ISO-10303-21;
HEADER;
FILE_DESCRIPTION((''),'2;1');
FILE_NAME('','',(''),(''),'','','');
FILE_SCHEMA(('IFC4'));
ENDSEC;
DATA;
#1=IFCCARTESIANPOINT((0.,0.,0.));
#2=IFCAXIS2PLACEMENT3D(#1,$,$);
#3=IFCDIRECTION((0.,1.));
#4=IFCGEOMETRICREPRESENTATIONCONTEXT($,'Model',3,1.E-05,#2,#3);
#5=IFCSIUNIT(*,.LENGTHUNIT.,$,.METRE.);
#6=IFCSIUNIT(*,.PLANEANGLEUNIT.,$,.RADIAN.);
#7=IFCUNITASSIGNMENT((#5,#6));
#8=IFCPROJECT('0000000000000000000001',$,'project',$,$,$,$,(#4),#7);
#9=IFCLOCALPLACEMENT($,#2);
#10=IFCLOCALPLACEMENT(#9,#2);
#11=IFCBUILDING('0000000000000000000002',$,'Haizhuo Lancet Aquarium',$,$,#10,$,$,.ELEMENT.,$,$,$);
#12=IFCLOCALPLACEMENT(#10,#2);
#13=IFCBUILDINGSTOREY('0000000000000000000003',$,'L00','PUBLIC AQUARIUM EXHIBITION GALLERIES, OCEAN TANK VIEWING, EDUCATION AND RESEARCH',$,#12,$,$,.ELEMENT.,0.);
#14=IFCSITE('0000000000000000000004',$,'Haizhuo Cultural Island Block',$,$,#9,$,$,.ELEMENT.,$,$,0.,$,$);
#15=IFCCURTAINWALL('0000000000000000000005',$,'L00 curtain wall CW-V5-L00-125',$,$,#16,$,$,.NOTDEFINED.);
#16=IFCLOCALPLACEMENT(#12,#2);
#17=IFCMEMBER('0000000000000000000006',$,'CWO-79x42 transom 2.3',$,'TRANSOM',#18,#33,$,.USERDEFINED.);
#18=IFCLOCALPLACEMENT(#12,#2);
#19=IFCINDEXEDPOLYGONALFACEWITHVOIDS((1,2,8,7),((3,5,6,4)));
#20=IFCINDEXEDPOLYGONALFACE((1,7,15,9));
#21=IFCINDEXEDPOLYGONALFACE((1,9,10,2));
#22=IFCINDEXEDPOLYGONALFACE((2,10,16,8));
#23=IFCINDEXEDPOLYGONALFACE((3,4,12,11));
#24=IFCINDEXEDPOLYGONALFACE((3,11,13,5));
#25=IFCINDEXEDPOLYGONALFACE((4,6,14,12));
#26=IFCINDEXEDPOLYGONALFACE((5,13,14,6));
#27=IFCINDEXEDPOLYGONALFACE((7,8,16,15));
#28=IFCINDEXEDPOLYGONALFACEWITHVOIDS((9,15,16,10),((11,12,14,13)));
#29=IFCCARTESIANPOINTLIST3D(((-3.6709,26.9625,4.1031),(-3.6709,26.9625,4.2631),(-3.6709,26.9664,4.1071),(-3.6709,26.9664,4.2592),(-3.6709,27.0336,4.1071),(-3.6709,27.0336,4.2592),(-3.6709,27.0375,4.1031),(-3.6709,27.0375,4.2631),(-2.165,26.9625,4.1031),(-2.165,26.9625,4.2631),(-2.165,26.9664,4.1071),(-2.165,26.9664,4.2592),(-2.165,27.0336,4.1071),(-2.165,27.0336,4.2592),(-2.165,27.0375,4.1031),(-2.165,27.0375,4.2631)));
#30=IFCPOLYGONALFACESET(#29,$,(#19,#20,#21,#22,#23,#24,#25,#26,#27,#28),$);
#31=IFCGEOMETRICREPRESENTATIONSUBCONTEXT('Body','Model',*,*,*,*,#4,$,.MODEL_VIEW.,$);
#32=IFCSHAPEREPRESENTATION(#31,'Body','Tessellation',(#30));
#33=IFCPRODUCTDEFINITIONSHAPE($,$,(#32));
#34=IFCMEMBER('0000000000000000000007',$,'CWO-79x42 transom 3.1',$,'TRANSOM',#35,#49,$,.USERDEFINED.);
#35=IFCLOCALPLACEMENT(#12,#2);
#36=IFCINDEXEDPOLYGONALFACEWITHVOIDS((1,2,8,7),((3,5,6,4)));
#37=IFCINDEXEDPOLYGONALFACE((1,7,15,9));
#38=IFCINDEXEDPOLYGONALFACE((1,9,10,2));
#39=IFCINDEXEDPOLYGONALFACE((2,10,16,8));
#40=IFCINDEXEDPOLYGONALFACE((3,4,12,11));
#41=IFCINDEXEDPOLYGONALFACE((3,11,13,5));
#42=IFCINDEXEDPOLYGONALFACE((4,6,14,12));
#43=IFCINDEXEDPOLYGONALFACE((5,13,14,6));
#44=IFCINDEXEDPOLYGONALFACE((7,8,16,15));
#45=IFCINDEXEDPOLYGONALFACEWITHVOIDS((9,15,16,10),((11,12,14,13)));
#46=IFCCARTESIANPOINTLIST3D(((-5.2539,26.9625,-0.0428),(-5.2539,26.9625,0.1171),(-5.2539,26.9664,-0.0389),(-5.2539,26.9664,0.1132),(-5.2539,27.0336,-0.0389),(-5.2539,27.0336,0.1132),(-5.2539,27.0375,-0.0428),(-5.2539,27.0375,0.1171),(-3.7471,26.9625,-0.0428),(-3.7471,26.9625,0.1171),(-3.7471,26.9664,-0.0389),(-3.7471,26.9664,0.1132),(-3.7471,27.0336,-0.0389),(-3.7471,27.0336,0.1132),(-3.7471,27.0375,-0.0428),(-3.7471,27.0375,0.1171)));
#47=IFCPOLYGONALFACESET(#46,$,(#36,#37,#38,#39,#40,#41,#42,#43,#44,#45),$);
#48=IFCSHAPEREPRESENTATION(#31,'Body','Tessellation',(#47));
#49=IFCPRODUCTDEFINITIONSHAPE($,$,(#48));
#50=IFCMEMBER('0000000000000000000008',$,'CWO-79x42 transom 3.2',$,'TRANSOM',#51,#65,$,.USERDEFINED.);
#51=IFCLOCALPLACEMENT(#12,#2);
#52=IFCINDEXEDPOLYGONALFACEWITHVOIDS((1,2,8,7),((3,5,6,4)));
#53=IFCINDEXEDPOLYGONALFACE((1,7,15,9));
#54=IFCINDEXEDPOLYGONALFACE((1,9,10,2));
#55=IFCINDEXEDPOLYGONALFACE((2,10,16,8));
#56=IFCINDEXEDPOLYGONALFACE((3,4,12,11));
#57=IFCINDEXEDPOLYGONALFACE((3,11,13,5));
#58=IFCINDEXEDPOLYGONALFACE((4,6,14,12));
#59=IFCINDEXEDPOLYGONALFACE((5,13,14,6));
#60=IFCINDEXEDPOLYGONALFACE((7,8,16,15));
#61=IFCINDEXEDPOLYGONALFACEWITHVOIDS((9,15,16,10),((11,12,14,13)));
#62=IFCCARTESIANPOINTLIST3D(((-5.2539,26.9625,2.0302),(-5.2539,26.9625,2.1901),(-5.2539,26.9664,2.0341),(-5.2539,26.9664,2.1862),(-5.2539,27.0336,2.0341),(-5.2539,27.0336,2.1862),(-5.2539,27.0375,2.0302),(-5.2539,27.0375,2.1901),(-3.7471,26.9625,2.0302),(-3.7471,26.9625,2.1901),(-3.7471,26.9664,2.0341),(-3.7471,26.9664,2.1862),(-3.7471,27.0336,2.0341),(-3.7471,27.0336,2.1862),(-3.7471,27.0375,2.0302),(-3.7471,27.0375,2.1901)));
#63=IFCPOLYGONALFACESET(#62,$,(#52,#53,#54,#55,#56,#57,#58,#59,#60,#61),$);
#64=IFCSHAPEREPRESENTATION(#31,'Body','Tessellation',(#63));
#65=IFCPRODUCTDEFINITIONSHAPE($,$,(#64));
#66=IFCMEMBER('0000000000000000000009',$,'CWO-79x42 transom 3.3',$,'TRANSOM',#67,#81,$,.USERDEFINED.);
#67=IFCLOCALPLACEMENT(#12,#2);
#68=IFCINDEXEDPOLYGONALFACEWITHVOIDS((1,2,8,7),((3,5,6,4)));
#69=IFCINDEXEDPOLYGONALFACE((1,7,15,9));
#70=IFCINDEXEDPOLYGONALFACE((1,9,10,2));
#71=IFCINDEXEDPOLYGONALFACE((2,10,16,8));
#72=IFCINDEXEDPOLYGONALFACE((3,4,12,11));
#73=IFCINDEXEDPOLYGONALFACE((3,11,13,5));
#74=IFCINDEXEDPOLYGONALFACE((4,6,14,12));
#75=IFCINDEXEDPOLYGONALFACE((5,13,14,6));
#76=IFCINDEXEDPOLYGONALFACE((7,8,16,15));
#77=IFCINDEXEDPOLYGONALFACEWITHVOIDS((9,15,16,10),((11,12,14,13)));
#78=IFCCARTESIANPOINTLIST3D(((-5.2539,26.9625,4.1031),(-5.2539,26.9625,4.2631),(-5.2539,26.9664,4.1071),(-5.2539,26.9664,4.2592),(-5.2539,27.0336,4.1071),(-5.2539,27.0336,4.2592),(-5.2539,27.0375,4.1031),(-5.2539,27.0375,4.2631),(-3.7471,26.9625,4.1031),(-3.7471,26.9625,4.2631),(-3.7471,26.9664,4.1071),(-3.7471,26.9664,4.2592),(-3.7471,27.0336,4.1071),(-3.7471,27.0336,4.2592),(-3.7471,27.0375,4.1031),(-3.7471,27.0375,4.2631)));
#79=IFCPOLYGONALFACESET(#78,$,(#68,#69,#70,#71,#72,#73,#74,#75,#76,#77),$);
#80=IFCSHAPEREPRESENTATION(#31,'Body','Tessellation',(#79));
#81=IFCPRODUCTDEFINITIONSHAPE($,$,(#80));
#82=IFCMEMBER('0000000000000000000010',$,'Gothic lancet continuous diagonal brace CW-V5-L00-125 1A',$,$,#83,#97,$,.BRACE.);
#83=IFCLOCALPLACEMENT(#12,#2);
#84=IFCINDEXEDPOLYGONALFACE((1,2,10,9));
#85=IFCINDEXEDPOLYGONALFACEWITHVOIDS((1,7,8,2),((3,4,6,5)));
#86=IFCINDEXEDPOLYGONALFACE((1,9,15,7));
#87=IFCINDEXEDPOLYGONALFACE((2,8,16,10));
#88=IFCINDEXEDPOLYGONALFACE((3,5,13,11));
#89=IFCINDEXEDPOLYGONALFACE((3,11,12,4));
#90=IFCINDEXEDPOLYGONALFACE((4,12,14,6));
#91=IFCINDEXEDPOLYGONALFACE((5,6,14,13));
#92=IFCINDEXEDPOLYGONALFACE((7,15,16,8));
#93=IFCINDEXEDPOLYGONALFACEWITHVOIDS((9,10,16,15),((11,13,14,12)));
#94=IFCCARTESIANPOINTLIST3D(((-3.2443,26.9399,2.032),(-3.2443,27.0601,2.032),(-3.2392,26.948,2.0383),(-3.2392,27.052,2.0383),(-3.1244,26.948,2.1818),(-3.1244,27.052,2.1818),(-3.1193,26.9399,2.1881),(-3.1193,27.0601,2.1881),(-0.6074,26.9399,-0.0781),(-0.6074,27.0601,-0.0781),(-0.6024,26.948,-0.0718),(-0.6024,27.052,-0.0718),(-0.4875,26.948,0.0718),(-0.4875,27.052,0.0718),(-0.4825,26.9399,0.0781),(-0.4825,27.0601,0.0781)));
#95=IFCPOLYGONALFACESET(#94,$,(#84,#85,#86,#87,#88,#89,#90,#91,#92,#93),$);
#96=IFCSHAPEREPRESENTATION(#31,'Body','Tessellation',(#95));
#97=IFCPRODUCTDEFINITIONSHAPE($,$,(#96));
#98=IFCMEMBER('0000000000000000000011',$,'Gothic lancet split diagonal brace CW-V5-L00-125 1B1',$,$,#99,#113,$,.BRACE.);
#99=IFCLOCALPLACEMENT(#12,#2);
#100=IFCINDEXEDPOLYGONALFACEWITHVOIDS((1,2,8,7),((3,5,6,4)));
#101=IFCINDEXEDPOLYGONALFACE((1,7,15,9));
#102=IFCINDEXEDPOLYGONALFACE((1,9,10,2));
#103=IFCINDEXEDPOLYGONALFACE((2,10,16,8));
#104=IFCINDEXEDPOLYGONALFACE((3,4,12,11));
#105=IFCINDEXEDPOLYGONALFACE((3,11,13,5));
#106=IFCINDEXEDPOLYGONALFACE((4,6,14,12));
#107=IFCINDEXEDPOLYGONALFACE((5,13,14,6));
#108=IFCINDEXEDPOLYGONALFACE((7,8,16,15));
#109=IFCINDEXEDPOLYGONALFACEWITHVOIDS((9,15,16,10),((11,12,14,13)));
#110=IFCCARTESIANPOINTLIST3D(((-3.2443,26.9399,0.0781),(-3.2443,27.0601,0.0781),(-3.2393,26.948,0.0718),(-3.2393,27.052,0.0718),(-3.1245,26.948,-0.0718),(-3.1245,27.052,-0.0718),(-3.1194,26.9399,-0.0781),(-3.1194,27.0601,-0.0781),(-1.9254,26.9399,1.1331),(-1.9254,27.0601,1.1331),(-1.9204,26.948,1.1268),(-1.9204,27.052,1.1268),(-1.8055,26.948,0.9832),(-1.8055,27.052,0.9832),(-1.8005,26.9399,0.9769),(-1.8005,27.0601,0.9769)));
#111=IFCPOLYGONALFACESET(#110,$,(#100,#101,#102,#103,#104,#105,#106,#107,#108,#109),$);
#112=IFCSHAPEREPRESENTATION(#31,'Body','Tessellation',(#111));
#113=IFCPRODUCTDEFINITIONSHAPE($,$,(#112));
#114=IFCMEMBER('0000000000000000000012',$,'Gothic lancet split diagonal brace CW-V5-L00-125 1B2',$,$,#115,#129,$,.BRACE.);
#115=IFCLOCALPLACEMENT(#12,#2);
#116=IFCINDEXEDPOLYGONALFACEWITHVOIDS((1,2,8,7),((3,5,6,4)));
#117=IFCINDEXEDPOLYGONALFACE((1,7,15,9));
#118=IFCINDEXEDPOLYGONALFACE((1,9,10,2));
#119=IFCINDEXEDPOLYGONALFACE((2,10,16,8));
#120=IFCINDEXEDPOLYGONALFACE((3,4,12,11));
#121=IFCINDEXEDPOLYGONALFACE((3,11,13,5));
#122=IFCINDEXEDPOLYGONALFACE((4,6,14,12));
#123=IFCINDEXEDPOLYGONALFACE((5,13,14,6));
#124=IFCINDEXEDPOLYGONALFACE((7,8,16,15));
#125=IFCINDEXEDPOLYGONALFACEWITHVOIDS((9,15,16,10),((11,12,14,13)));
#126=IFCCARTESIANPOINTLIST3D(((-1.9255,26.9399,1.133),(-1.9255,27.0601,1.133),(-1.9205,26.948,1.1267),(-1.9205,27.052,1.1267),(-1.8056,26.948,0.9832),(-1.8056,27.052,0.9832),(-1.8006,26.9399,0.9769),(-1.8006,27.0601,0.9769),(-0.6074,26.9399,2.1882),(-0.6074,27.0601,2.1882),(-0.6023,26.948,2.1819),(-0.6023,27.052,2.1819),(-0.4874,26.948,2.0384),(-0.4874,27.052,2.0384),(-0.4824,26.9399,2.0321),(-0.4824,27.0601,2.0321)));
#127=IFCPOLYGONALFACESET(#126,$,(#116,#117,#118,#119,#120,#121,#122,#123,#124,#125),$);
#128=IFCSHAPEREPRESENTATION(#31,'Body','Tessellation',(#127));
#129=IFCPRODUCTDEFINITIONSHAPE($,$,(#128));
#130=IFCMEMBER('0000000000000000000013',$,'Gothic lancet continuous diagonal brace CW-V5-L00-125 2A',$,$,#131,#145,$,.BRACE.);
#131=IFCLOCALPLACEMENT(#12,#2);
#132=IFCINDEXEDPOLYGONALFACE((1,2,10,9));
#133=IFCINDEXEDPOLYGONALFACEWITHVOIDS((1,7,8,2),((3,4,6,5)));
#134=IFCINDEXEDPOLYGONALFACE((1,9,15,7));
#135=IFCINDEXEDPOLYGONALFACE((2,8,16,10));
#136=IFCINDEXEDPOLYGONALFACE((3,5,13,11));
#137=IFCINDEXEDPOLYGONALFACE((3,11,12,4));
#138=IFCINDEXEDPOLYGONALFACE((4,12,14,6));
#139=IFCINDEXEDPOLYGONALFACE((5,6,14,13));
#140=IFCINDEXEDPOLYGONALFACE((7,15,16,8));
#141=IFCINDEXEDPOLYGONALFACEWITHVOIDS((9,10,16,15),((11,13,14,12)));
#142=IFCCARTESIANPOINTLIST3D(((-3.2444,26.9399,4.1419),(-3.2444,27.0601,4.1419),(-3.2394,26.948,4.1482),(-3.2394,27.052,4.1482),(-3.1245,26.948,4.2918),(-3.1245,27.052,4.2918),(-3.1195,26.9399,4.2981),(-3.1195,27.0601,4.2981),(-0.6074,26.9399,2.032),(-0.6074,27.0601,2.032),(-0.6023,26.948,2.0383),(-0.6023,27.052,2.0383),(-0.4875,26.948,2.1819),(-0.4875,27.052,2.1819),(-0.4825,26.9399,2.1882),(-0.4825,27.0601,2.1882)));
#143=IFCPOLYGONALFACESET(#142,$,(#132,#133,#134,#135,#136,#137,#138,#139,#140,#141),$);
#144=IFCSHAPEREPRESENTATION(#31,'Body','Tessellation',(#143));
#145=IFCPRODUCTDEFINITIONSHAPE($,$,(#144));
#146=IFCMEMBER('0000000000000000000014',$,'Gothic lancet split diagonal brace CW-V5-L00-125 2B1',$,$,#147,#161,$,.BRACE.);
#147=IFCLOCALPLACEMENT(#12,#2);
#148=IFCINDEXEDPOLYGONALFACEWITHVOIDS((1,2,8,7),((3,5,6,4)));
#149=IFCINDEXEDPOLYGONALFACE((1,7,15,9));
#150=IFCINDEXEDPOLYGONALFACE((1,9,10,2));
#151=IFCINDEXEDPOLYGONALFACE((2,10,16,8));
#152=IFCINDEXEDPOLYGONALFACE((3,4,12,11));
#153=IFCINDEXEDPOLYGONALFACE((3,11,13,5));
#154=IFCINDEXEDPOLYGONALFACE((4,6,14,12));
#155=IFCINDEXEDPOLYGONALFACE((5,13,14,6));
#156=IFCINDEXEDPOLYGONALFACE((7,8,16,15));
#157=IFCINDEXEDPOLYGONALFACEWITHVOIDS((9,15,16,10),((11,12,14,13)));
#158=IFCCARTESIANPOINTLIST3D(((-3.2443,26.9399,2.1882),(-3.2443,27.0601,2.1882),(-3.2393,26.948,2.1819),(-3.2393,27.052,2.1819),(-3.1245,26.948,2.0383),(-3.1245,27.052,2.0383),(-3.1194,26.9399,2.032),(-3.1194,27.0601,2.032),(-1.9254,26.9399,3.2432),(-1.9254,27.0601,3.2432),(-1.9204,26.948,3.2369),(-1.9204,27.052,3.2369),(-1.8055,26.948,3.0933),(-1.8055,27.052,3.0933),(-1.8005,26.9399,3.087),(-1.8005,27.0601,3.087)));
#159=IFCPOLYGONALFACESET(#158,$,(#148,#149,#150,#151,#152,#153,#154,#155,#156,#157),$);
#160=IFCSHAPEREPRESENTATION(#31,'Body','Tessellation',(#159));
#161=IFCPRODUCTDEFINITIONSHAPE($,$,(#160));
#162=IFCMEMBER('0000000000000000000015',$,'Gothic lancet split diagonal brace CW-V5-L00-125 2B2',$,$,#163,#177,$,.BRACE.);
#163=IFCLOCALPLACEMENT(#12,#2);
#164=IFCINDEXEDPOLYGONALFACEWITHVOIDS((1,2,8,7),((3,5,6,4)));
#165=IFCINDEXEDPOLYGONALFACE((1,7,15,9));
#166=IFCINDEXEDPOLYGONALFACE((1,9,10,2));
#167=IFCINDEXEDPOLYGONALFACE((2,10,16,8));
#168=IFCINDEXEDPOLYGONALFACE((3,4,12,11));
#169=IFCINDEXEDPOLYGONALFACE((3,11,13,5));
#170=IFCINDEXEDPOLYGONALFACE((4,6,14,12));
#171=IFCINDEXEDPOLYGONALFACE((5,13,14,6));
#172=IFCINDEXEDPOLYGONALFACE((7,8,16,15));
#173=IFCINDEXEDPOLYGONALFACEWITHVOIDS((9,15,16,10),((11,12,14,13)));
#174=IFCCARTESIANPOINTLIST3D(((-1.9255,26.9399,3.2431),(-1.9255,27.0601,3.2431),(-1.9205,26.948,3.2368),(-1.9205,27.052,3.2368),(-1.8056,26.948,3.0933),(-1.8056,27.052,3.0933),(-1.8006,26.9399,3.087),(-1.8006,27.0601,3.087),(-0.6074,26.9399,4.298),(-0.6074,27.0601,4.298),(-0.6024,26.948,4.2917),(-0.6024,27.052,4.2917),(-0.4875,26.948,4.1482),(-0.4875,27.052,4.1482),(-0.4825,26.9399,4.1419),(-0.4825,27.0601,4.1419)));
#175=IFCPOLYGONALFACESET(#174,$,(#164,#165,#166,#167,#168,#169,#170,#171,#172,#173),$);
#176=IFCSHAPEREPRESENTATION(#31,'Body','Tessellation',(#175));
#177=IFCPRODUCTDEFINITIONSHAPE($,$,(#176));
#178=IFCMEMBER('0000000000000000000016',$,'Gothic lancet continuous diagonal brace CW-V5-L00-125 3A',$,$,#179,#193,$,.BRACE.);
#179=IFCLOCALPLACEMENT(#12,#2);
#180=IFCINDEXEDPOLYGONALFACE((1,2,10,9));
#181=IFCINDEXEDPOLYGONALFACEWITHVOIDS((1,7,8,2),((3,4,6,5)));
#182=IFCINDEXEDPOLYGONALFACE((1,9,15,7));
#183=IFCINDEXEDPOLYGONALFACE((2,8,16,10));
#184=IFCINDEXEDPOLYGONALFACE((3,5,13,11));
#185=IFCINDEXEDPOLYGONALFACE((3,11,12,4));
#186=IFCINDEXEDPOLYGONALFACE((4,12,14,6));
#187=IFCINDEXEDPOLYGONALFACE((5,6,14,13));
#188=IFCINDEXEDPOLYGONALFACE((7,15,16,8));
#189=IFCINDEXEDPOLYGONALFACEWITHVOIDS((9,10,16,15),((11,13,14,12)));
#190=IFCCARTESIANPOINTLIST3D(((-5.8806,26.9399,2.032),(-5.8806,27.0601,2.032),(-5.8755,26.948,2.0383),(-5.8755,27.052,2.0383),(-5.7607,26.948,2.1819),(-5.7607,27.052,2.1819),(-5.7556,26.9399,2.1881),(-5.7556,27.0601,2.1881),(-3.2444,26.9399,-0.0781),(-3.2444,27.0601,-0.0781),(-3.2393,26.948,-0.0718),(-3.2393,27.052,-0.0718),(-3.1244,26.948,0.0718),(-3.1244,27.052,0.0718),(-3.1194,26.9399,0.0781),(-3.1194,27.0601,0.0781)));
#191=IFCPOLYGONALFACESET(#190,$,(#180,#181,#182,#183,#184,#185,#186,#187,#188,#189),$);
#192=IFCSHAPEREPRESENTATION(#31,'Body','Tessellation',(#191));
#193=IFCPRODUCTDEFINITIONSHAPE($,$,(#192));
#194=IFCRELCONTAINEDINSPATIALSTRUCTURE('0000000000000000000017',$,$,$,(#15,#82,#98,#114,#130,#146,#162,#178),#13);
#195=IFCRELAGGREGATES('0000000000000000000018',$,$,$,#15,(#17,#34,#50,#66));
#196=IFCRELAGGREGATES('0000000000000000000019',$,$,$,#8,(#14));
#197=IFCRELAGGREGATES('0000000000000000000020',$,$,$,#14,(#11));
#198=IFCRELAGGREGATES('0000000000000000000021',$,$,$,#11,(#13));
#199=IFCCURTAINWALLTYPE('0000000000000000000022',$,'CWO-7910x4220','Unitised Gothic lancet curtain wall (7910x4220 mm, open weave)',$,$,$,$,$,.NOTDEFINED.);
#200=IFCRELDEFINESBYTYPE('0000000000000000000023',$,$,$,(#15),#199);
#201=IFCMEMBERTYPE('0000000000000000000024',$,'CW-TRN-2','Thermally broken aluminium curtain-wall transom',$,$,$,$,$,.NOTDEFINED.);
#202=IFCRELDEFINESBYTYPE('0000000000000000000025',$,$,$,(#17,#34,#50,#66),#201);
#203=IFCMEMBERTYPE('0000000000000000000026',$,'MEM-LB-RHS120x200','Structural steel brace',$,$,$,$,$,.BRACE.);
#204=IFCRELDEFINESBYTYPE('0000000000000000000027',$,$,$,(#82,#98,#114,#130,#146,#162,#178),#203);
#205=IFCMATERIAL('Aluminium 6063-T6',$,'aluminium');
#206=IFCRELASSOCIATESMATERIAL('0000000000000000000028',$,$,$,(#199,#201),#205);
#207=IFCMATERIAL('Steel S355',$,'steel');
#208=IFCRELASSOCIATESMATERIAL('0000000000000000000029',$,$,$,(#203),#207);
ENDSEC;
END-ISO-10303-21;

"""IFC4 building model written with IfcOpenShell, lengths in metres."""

from ifc_helpers import new_model, si_unit, direction, frame, origin, origin_2d, place, context, subcontext, project, spatial, hollow_rectangle, extrude, material, material_profile, profile_set, type_object, element, aggregate, save


model = new_model("IFC4")

# Units and contexts
model_context = context("Model", 3, precision=1e-05, world=origin(), true_north=direction((0.0, 1.0)))
body_context = subcontext(model_context, "Body", "Model", "MODEL_VIEW")
ifc_project = project(units=[si_unit("LENGTHUNIT", "METRE"), si_unit("PLANEANGLEUNIT", "RADIAN")], contexts=[model_context])

# Site, building, storey
site_placement = place(None, origin())
site = spatial("IfcSite", under=ifc_project, at=site_placement, Name="Haizhuo Cultural Island Block", CompositionType="ELEMENT", RefElevation=0.0)
building_placement = place(site_placement, origin())
building = spatial("IfcBuilding", under=site, at=building_placement, Name="Haizhuo Lancet Aquarium", CompositionType="ELEMENT")
storey_placement = place(building_placement, origin())
storey = spatial("IfcBuildingStorey", under=building, at=storey_placement, Name="L00", Description="PUBLIC AQUARIUM EXHIBITION GALLERIES, OCEAN TANK VIEWING, EDUCATION AND RESEARCH", CompositionType="ELEMENT", Elevation=0.0)

# Curtain wall, members
ifc_material_1 = material(Name="Aluminium 6063-T6", Category="aluminium")
curtain_wall_type = type_object("IfcCurtainWallType", Name="CWO-7910x4220", Description="Unitised Gothic lancet curtain wall (7910x4220 mm, open weave)", PredefinedType="NOTDEFINED", material=ifc_material_1)
curtain_wall_placement = place(storey_placement, origin())
curtain_wall = element("IfcCurtainWall", 1, at=curtain_wall_placement, inside=storey, type_object=curtain_wall_type, Name="L00 curtain wall CW-V5-L00-125", PredefinedType="NOTDEFINED")
ifc_material_profile_1 = material_profile(ifc_material_1, hollow_rectangle(XDim=0.075, YDim=0.1599, WallThickness=0.0039, at=origin_2d()), Name="ALU-T 75x160x4")
ifc_profile_set_1 = profile_set([ifc_material_profile_1], Name="Aluminium 6063-T6")
member_type_1 = type_object("IfcMemberType", Name="CW-TRN-2", Description="Thermally broken aluminium curtain-wall transom", PredefinedType="NOTDEFINED", material=ifc_profile_set_1)
member_1_placement = place(storey_placement, frame((-2.165, 27.0, 4.1831), z_axis=(-1.0, 0.0, 0.0), x_axis=(0.0, -1.0, 0.0)))
member_1 = element("IfcMember", 2, at=member_1_placement, type_object=member_type_1, Name="CWO-79x42 transom 2.3", ObjectType="TRANSOM", PredefinedType="USERDEFINED", context=body_context, shape_type="SweptSolid", body=[
    extrude(hollow_rectangle(XDim=0.075, YDim=0.1599, WallThickness=0.0039, at=origin_2d()), origin(), (0.0, 0.0, 1.0), 1.5059),
])
member_2_placement = place(storey_placement, frame((-3.7471, 27.0, 0.0371), z_axis=(-1.0, 0.0, 0.0), x_axis=(0.0, -1.0, 0.0)))
member_2 = element("IfcMember", 3, at=member_2_placement, type_object=member_type_1, Name="CWO-79x42 transom 3.1", ObjectType="TRANSOM", PredefinedType="USERDEFINED", context=body_context, shape_type="SweptSolid", body=[
    extrude(hollow_rectangle(XDim=0.075, YDim=0.1599, WallThickness=0.0039, at=origin_2d()), origin(), (0.0, 0.0, 1.0), 1.5068),
])
member_3_placement = place(storey_placement, frame((-3.7471, 27.0, 2.1101), z_axis=(-1.0, 0.0, 0.0), x_axis=(0.0, -1.0, 0.0)))
member_3 = element("IfcMember", 4, at=member_3_placement, type_object=member_type_1, Name="CWO-79x42 transom 3.2", ObjectType="TRANSOM", PredefinedType="USERDEFINED", context=body_context, shape_type="SweptSolid", body=[
    extrude(hollow_rectangle(XDim=0.075, YDim=0.1599, WallThickness=0.0039, at=origin_2d()), origin(), (0.0, 0.0, 1.0), 1.5068),
])
member_4_placement = place(storey_placement, frame((-3.7471, 27.0, 4.1831), z_axis=(-1.0, 0.0, 0.0), x_axis=(0.0, -1.0, 0.0)))
member_4 = element("IfcMember", 5, at=member_4_placement, type_object=member_type_1, Name="CWO-79x42 transom 3.3", ObjectType="TRANSOM", PredefinedType="USERDEFINED", context=body_context, shape_type="SweptSolid", body=[
    extrude(hollow_rectangle(XDim=0.075, YDim=0.1599, WallThickness=0.0039, at=origin_2d()), origin(), (0.0, 0.0, 1.0), 1.5068),
])

# Members
ifc_material_2 = material(Name="Steel S355", Category="steel")
ifc_material_profile_2 = material_profile(ifc_material_2, hollow_rectangle(XDim=0.1201, YDim=0.2, WallThickness=0.0081, at=origin_2d()), Name="RHS 120x200x8")
ifc_profile_set_2 = profile_set([ifc_material_profile_2], Name="Steel S355")
member_type_2 = type_object("IfcMemberType", Name="MEM-LB-RHS120x200", Description="Structural steel brace", PredefinedType="BRACE", material=ifc_profile_set_2)
member_5_placement = place(storey_placement, frame((-0.5449, 27.0, 0.0), z_axis=(-0.780791, 0.0, 0.624792), x_axis=(0.0, -1.0, 0.0)))
element("IfcMember", 6, at=member_5_placement, inside=storey, type_object=member_type_2, Name="Gothic lancet continuous diagonal brace CW-V5-L00-125 1A", PredefinedType="BRACE", context=body_context, shape_type="SweptSolid", body=[
    extrude(hollow_rectangle(XDim=0.1201, YDim=0.2, WallThickness=0.0081, at=origin_2d()), origin(), (0.0, 0.0, 1.0), 3.3772),
])
member_6_placement = place(storey_placement, frame((-3.1819, 27.0, 0.0), z_axis=(0.780911, 0.0, 0.624642), x_axis=(0.0, 1.0, 0.0)))
element("IfcMember", 7, at=member_6_placement, inside=storey, type_object=member_type_2, Name="Gothic lancet split diagonal brace CW-V5-L00-125 1B1", PredefinedType="BRACE", context=body_context, shape_type="SweptSolid", body=[
    extrude(hollow_rectangle(XDim=0.1201, YDim=0.2, WallThickness=0.0081, at=origin_2d()), origin(), (0.0, 0.0, 1.0), 1.689),
])
member_7_placement = place(storey_placement, frame((-1.863, 27.0, 1.0549), z_axis=(0.780671, 0.0, 0.624942), x_axis=(0.0, 1.0, 0.0)))
element("IfcMember", 8, at=member_7_placement, inside=storey, type_object=member_type_2, Name="Gothic lancet split diagonal brace CW-V5-L00-125 1B2", PredefinedType="BRACE", context=body_context, shape_type="SweptSolid", body=[
    extrude(hollow_rectangle(XDim=0.1201, YDim=0.2, WallThickness=0.0081, at=origin_2d()), origin(), (0.0, 0.0, 1.0), 1.6885),
])
member_8_placement = place(storey_placement, frame((-0.5449, 27.0, 2.1101), z_axis=(-0.780826, 0.0, 0.624748), x_axis=(0.0, -1.0, 0.0)))
element("IfcMember", 9, at=member_8_placement, inside=storey, type_object=member_type_2, Name="Gothic lancet continuous diagonal brace CW-V5-L00-125 2A", PredefinedType="BRACE", context=body_context, shape_type="SweptSolid", body=[
    extrude(hollow_rectangle(XDim=0.1201, YDim=0.2, WallThickness=0.0081, at=origin_2d()), origin(), (0.0, 0.0, 1.0), 3.3772),
])
member_9_placement = place(storey_placement, frame((-3.1819, 27.0, 2.1101), z_axis=(0.780911, 0.0, 0.624642), x_axis=(0.0, 1.0, 0.0)))
element("IfcMember", 10, at=member_9_placement, inside=storey, type_object=member_type_2, Name="Gothic lancet split diagonal brace CW-V5-L00-125 2B1", PredefinedType="BRACE", context=body_context, shape_type="SweptSolid", body=[
    extrude(hollow_rectangle(XDim=0.1201, YDim=0.2, WallThickness=0.0081, at=origin_2d()), origin(), (0.0, 0.0, 1.0), 1.689),
])
member_10_placement = place(storey_placement, frame((-1.863, 27.0, 3.165), z_axis=(0.780742, 0.0, 0.624854), x_axis=(0.0, 1.0, 0.0)))
element("IfcMember", 11, at=member_10_placement, inside=storey, type_object=member_type_2, Name="Gothic lancet split diagonal brace CW-V5-L00-125 2B2", PredefinedType="BRACE", context=body_context, shape_type="SweptSolid", body=[
    extrude(hollow_rectangle(XDim=0.1201, YDim=0.2, WallThickness=0.0081, at=origin_2d()), origin(), (0.0, 0.0, 1.0), 1.6882),
])
member_11_placement = place(storey_placement, frame((-3.1819, 27.0, 0.0), z_axis=(-0.780707, 0.0, 0.624898), x_axis=(0.0, -1.0, 0.0)))
element("IfcMember", 12, at=member_11_placement, inside=storey, type_object=member_type_2, Name="Gothic lancet continuous diagonal brace CW-V5-L00-125 3A", PredefinedType="BRACE", context=body_context, shape_type="SweptSolid", body=[
    extrude(hollow_rectangle(XDim=0.1201, YDim=0.2, WallThickness=0.0081, at=origin_2d()), origin(), (0.0, 0.0, 1.0), 3.3767),
])

aggregate(curtain_wall, [member_1, member_2, member_3, member_4])

save(model, "model.ifc")
